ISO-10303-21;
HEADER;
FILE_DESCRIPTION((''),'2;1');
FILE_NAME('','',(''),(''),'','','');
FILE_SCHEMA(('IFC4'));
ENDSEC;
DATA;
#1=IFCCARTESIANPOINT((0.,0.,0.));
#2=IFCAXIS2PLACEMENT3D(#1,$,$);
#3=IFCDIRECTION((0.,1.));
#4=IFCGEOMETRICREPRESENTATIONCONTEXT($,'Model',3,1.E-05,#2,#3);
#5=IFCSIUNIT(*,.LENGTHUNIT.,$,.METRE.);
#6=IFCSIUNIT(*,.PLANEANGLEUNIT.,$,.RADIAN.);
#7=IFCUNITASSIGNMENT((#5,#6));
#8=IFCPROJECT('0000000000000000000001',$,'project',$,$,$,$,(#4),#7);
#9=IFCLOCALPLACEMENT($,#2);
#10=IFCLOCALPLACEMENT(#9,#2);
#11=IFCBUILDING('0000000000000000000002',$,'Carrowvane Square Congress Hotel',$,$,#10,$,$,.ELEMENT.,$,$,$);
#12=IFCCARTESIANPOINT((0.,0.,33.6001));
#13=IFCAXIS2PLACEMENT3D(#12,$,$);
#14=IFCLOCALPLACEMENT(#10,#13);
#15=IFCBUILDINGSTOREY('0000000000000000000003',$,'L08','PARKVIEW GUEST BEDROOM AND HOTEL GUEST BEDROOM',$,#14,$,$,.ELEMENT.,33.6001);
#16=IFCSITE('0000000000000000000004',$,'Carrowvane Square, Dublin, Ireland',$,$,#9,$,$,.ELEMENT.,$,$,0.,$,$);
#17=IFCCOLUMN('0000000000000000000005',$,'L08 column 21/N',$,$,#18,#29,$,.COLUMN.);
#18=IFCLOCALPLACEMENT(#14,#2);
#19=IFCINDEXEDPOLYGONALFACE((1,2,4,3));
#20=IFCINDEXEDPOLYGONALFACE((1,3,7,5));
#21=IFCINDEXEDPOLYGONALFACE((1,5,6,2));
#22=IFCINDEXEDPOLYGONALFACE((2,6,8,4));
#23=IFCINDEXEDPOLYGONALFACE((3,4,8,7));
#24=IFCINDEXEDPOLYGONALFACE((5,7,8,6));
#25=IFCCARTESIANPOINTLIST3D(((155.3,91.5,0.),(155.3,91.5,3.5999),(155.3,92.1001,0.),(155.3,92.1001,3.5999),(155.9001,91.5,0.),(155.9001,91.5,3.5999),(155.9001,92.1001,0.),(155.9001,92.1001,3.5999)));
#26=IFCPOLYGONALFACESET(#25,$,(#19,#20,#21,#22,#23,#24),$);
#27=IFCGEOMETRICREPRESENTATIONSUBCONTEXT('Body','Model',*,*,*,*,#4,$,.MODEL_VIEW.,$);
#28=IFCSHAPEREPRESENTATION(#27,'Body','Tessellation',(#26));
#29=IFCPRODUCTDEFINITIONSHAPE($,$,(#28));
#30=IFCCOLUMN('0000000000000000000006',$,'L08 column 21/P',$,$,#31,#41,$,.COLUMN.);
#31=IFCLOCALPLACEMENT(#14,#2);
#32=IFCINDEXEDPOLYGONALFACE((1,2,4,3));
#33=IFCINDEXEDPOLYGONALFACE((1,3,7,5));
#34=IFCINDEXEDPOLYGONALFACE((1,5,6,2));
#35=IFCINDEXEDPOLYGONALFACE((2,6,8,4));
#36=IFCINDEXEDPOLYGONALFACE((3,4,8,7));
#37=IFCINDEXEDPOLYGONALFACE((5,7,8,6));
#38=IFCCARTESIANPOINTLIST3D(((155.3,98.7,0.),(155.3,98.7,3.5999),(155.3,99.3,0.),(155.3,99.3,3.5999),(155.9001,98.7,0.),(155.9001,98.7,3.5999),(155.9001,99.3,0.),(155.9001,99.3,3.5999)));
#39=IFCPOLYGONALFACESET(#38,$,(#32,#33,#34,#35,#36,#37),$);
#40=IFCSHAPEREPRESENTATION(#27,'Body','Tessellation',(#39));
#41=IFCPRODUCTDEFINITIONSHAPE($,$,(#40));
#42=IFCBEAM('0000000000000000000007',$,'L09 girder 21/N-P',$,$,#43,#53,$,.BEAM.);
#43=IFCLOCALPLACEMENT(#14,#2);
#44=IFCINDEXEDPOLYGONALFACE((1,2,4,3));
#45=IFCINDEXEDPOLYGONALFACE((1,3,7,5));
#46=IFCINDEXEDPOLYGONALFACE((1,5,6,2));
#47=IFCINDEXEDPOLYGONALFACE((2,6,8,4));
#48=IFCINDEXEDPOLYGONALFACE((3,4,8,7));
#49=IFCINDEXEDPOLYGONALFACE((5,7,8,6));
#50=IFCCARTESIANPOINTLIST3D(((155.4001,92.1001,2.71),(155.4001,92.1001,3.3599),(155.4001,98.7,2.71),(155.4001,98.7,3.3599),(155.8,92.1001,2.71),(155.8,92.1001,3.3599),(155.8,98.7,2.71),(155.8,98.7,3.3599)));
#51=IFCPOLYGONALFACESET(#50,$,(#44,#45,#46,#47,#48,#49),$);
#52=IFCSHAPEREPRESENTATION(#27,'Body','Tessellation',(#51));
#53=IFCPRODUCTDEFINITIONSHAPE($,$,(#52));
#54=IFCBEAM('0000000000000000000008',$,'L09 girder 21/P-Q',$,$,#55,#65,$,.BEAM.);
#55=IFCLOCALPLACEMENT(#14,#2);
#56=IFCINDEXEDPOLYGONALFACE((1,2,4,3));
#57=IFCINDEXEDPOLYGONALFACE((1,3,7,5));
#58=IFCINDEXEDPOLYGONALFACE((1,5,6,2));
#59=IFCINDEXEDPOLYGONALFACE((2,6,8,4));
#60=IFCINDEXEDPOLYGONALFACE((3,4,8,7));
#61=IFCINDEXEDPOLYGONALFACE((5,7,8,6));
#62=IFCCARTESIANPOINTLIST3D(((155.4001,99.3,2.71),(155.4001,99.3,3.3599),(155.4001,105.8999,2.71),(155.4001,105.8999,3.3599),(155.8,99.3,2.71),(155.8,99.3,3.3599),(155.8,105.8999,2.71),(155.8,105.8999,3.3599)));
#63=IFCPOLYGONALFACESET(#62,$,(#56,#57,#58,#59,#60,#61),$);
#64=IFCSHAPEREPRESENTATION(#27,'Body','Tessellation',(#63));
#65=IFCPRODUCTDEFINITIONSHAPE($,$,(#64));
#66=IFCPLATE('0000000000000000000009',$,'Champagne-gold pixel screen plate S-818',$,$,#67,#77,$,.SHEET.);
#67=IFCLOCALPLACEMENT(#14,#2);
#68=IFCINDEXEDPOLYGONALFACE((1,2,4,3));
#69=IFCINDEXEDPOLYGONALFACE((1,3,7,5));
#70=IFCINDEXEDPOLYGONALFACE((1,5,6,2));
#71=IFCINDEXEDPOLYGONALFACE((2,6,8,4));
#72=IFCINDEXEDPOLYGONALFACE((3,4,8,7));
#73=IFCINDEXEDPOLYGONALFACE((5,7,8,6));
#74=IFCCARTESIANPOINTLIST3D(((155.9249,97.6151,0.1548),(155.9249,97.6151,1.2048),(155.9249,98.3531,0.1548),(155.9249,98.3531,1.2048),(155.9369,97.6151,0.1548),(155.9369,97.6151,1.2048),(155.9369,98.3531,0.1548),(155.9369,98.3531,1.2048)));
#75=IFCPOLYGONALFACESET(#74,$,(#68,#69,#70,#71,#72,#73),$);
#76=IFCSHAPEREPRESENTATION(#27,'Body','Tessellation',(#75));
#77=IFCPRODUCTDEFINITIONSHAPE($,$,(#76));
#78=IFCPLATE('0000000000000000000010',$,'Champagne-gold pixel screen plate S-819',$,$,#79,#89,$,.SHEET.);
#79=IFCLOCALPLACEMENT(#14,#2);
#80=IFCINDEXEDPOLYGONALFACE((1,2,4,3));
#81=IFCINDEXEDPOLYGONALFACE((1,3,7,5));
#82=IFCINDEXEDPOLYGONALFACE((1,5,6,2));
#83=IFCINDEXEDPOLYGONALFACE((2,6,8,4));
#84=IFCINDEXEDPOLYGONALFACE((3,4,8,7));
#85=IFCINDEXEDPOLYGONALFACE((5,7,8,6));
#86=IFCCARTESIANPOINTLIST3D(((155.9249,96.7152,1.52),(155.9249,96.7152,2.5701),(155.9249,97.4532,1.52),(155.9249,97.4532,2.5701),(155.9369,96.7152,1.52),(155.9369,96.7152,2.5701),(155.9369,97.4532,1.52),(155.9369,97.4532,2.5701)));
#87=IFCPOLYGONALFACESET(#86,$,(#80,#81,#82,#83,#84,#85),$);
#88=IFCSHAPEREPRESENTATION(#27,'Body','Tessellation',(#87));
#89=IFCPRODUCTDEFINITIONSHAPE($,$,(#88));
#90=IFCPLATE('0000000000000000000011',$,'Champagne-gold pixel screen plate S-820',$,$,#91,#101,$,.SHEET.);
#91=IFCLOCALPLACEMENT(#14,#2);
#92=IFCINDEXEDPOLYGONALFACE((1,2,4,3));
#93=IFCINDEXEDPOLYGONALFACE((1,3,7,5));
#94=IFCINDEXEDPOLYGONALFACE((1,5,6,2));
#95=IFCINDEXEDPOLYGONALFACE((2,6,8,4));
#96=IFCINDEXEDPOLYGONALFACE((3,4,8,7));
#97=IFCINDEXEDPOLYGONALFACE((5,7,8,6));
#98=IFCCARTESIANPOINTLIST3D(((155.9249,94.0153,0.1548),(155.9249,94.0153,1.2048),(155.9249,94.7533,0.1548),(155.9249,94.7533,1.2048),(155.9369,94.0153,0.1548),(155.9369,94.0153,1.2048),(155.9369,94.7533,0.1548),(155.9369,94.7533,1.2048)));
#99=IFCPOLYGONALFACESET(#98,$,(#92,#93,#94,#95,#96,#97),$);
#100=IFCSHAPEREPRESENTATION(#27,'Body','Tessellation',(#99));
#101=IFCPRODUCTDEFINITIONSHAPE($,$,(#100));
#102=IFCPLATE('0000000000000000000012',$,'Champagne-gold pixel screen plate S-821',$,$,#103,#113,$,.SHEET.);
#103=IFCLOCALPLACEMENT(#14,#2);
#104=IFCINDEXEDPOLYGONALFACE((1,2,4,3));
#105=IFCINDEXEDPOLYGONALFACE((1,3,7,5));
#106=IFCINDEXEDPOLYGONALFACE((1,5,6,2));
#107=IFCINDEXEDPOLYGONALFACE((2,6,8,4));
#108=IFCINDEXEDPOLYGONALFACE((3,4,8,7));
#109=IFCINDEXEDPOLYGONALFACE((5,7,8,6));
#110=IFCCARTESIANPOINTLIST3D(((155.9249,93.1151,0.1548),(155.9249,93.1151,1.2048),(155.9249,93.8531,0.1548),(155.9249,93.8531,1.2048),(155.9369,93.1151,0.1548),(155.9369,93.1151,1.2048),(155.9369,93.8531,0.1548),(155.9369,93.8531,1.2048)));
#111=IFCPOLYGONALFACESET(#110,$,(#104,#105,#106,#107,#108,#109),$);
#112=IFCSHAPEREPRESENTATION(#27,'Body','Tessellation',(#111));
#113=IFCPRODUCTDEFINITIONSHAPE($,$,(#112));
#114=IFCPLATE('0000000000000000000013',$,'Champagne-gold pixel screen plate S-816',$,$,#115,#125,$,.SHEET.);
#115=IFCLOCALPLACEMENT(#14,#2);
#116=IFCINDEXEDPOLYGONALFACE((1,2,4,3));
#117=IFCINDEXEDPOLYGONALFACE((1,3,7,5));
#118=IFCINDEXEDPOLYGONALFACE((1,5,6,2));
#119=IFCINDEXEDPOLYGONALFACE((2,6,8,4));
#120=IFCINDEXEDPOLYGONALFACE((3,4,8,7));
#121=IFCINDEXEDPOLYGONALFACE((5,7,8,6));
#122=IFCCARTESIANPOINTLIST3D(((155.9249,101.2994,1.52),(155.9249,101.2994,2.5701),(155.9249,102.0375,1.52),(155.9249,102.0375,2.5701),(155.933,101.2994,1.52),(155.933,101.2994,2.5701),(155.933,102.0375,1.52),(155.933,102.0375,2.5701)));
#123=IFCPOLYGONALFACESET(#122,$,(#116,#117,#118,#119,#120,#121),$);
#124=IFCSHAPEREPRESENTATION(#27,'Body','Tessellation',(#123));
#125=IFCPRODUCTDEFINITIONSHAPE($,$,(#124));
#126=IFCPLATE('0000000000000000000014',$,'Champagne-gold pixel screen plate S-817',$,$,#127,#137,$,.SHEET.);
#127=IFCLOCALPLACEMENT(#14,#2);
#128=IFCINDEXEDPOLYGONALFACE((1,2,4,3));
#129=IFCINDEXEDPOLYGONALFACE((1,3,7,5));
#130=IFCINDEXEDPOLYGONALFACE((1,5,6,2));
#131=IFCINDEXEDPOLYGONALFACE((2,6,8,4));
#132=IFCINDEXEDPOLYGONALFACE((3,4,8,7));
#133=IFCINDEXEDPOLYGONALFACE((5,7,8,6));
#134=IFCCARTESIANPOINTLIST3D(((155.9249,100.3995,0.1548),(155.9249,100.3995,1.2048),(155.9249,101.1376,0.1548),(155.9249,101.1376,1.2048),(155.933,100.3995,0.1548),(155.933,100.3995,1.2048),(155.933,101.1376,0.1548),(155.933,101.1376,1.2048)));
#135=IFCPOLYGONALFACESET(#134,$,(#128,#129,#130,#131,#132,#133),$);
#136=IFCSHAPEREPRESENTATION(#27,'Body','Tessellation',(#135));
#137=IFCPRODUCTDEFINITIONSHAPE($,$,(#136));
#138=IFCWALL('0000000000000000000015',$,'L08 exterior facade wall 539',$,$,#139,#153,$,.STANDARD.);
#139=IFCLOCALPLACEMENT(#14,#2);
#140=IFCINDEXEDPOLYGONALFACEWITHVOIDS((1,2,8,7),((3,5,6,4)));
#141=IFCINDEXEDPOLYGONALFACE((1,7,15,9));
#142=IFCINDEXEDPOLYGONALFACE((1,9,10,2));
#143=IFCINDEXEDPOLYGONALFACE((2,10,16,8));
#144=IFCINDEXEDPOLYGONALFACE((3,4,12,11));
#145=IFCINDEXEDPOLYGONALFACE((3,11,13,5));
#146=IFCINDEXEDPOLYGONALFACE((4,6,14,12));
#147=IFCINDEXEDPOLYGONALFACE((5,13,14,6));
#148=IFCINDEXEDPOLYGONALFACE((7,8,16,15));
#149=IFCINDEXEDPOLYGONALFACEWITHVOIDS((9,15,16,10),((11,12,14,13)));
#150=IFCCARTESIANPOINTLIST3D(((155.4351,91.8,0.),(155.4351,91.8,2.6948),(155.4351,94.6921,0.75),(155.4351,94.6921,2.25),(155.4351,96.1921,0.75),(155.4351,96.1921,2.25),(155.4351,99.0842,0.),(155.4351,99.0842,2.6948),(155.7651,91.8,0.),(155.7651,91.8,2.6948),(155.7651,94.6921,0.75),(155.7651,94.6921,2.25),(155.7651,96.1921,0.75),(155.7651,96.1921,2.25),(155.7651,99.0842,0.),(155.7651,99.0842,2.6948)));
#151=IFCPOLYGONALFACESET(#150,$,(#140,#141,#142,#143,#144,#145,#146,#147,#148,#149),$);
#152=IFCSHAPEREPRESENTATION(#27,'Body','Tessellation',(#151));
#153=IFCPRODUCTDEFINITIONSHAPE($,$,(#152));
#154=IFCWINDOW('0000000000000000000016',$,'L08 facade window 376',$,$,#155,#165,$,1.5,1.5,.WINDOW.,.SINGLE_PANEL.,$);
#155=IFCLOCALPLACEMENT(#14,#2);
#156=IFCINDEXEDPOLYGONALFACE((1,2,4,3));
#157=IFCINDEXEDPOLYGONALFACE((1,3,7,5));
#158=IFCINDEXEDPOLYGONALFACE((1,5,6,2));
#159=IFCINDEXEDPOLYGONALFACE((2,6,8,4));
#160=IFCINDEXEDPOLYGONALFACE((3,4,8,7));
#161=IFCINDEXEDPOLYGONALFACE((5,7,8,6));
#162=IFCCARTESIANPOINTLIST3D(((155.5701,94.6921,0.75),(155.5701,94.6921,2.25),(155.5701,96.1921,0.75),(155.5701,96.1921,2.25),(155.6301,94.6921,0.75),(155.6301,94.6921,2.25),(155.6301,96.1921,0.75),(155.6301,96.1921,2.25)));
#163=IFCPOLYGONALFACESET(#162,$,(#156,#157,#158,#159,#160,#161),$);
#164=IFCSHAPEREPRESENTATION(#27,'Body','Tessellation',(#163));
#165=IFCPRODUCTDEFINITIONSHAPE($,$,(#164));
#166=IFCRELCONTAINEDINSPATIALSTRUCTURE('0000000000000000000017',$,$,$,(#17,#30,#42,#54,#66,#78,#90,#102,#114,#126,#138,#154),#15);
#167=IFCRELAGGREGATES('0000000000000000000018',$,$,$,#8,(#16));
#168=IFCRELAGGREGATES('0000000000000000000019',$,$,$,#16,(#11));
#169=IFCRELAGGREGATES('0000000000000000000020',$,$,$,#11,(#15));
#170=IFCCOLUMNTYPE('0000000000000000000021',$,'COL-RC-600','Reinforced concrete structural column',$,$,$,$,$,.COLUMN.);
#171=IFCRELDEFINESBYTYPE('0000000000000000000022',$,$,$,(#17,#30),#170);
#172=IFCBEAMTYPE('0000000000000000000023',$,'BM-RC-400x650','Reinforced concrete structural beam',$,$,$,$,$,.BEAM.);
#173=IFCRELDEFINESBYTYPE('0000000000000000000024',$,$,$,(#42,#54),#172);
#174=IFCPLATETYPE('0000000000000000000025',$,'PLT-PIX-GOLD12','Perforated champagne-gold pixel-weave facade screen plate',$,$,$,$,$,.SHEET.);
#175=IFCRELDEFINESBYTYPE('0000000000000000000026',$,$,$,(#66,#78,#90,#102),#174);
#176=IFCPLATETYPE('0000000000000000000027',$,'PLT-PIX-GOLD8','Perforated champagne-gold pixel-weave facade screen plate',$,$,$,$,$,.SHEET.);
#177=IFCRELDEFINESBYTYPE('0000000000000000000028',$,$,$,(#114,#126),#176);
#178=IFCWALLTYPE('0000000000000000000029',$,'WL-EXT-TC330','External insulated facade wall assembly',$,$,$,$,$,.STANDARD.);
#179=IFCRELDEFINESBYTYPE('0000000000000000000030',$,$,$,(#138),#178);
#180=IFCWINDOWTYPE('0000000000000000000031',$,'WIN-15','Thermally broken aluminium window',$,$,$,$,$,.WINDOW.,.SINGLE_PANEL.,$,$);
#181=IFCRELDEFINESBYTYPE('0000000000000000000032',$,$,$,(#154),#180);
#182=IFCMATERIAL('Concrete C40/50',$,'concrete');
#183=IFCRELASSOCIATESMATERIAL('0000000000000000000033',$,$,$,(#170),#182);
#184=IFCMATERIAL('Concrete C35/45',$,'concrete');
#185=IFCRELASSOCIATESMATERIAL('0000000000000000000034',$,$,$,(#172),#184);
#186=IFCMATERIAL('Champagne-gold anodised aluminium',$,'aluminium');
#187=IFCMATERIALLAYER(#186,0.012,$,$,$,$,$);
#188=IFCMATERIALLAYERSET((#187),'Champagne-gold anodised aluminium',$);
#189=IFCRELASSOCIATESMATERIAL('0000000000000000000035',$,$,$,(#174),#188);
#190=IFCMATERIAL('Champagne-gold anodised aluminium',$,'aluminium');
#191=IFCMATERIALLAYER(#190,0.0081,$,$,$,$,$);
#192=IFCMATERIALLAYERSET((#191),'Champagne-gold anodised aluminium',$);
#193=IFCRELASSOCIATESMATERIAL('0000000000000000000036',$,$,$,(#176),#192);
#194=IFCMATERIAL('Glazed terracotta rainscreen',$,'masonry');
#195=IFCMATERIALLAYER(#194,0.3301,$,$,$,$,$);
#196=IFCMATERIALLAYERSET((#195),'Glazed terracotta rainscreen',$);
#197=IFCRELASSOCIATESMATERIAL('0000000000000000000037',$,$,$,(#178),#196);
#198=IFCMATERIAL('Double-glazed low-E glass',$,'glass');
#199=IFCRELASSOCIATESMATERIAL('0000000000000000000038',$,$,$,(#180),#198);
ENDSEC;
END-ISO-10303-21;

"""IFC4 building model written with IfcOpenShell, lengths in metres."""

from ifc_helpers import new_model, si_unit, direction, frame, frame_2d, origin, origin_2d, place, context, subcontext, project, spatial, rectangle, extrude, material, layer, layer_set, material_profile, profile_set, type_object, element, fill, save


model = new_model("IFC4")

# Units and contexts
model_context = context("Model", 3, precision=1e-05, world=origin(), true_north=direction((0.0, 1.0)))
body_context = subcontext(model_context, "Body", "Model", "MODEL_VIEW")
ifc_project = project(units=[si_unit("LENGTHUNIT", "METRE"), si_unit("PLANEANGLEUNIT", "RADIAN")], contexts=[model_context])

# Site, building, storey
site_placement = place(None, origin())
site = spatial("IfcSite", under=ifc_project, at=site_placement, Name="Carrowvane Square, Dublin, Ireland", CompositionType="ELEMENT", RefElevation=0.0)
building_placement = place(site_placement, origin())
building = spatial("IfcBuilding", under=site, at=building_placement, Name="Carrowvane Square Congress Hotel", CompositionType="ELEMENT")
storey_placement = place(building_placement, frame((0.0, 0.0, 33.6001)))
storey = spatial("IfcBuildingStorey", under=building, at=storey_placement, Name="L08", Description="PARKVIEW GUEST BEDROOM AND HOTEL GUEST BEDROOM", CompositionType="ELEMENT", Elevation=33.6001)

# Columns
ifc_material_1 = material(Name="Concrete C40/50", Category="concrete")
ifc_material_profile_1 = material_profile(ifc_material_1, rectangle(XDim=0.6001, YDim=0.6001, at=origin_2d()), Name="RC 600x600")
ifc_profile_set_1 = profile_set([ifc_material_profile_1], Name="Concrete C40/50")
column_type = type_object("IfcColumnType", Name="COL-RC-600", Description="Reinforced concrete structural column", PredefinedType="COLUMN", material=ifc_profile_set_1)
for number, where, z_axis, x_axis, name in (
    (1, (155.6001, 91.8, 0.0), (0.0, 0.0, 1.0), (1.0, 0.0, 0.0), "L08 column 21/N"),
    (2, (155.6001, 99.0, 0.0), (0.0, 0.0, 1.0), (1.0, 0.0, 0.0), "L08 column 21/P"),
):
    element("IfcColumn", number, at=place(storey_placement, frame(where, z_axis=z_axis, x_axis=x_axis)), inside=storey, type_object=column_type, Name=name, PredefinedType="COLUMN", context=body_context, shape_type="SweptSolid", body=[
        extrude(rectangle(XDim=0.6001, YDim=0.6001, at=origin_2d()), origin(), (0.0, 0.0, 1.0), 3.5999),
    ])

# Beams
ifc_material_2 = material(Name="Concrete C35/45", Category="concrete")
ifc_material_profile_2 = material_profile(ifc_material_2, rectangle(XDim=0.3999, YDim=0.6499, at=origin_2d()), Name="RC 400x650")
ifc_profile_set_2 = profile_set([ifc_material_profile_2], Name="Concrete C35/45")
beam_type = type_object("IfcBeamType", Name="BM-RC-400x650", Description="Reinforced concrete structural beam", PredefinedType="BEAM", material=ifc_profile_set_2)
for number, where, z_axis, x_axis, name in (
    (3, (155.6001, 92.1001, 3.0349), (0.0, 1.0, 0.0), (-1.0, 0.0, 0.0), "L09 girder 21/N-P"),
    (4, (155.6001, 99.3, 3.0349), (0.0, 1.0, 0.0), (-1.0, 0.0, 0.0), "L09 girder 21/P-Q"),
):
    element("IfcBeam", number, at=place(storey_placement, frame(where, z_axis=z_axis, x_axis=x_axis)), inside=storey, type_object=beam_type, Name=name, PredefinedType="BEAM", context=body_context, shape_type="SweptSolid", body=[
        extrude(rectangle(XDim=0.3999, YDim=0.6499, at=origin_2d()), origin(), (0.0, 0.0, 1.0), 6.5999),
    ])

# Plates
ifc_material_3 = material(Name="Champagne-gold anodised aluminium", Category="aluminium")
ifc_layer_1 = layer(ifc_material_3, 0.012)
ifc_layer_set_1 = layer_set([ifc_layer_1], Name="Champagne-gold anodised aluminium")
plate_type_1 = type_object("IfcPlateType", Name="PLT-PIX-GOLD12", Description="Perforated champagne-gold pixel-weave facade screen plate", PredefinedType="SHEET", material=ifc_layer_set_1)
for number, where, z_axis, x_axis, name in (
    (5, (155.9309, 97.9841, 0.1548), (0.0, 0.0, 1.0), (0.0, -1.0, 0.0), "Champagne-gold pixel screen plate S-818"),
    (6, (155.9309, 97.0842, 1.52), (0.0, 0.0, 1.0), (0.0, -1.0, 0.0), "Champagne-gold pixel screen plate S-819"),
    (7, (155.9309, 94.3843, 0.1548), (0.0, 0.0, 1.0), (0.0, -1.0, 0.0), "Champagne-gold pixel screen plate S-820"),
    (8, (155.9309, 93.4841, 0.1548), (0.0, 0.0, 1.0), (0.0, -1.0, 0.0), "Champagne-gold pixel screen plate S-821"),
):
    element("IfcPlate", number, at=place(storey_placement, frame(where, z_axis=z_axis, x_axis=x_axis)), inside=storey, type_object=plate_type_1, Name=name, PredefinedType="SHEET", context=body_context, shape_type="SweptSolid", body=[
        extrude(rectangle(XDim=0.738, YDim=0.012, at=origin_2d()), origin(), (0.0, 0.0, 1.0), 1.05),
    ])
ifc_material_4 = material(Name="Champagne-gold anodised aluminium", Category="aluminium")
ifc_layer_2 = layer(ifc_material_4, 0.0081)
ifc_layer_set_2 = layer_set([ifc_layer_2], Name="Champagne-gold anodised aluminium")
plate_type_2 = type_object("IfcPlateType", Name="PLT-PIX-GOLD8", Description="Perforated champagne-gold pixel-weave facade screen plate", PredefinedType="SHEET", material=ifc_layer_set_2)
for number, where, z_axis, x_axis, name in (
    (9, (155.929, 101.6685, 1.52), (0.0, 0.0, 1.0), (0.0, -1.0, 0.0), "Champagne-gold pixel screen plate S-816"),
    (10, (155.929, 100.7686, 0.1548), (0.0, 0.0, 1.0), (0.0, -1.0, 0.0), "Champagne-gold pixel screen plate S-817"),
):
    element("IfcPlate", number, at=place(storey_placement, frame(where, z_axis=z_axis, x_axis=x_axis)), inside=storey, type_object=plate_type_2, Name=name, PredefinedType="SHEET", context=body_context, shape_type="SweptSolid", body=[
        extrude(rectangle(XDim=0.738, YDim=0.0081, at=origin_2d()), origin(), (0.0, 0.0, 1.0), 1.05),
    ])

# Wall, opening, window
ifc_material_5 = material(Name="Glazed terracotta rainscreen", Category="masonry")
ifc_layer_3 = layer(ifc_material_5, 0.3301)
ifc_layer_set_3 = layer_set([ifc_layer_3], Name="Glazed terracotta rainscreen")
wall_type = type_object("IfcWallType", Name="WL-EXT-TC330", Description="External insulated facade wall assembly", PredefinedType="STANDARD", material=ifc_layer_set_3)
wall_1_placement = place(storey_placement, frame((155.6001, 99.0842, 0.0), z_axis=(0.0, 0.0, 1.0), x_axis=(0.0, -1.0, 0.0)))
wall_1 = element("IfcWall", 11, at=wall_1_placement, inside=storey, type_object=wall_type, Name="L08 exterior facade wall 539", PredefinedType="STANDARD", context=body_context, shape_type="SweptSolid", body=[
    extrude(rectangle(XDim=7.2842, YDim=0.3301, at=frame_2d((3.6421, 0.0))), origin(), (0.0, 0.0, 1.0), 2.6948),
])
opening_1_placement = place(wall_1_placement, frame((2.8921, 0.0, 0.75)))
opening_1 = element("IfcOpeningElement", 12, at=opening_1_placement, cuts=wall_1, PredefinedType="OPENING", context=body_context, shape_type="SweptSolid", body=[
    extrude(rectangle(XDim=1.5, YDim=1.5, at=frame_2d((0.75, 0.75))), frame((0.0, 0.175, 0.0), z_axis=(0.0, -1.0, 0.0), x_axis=(1.0, 0.0, 0.0)), (0.0, 0.0, 1.0), 0.3501),
])
ifc_material_6 = material(Name="Double-glazed low-E glass", Category="glass")
window_type_1 = type_object("IfcWindowType", Name="WIN-15", Description="Thermally broken aluminium window", PartitioningType="SINGLE_PANEL", PredefinedType="WINDOW", material=ifc_material_6)
window_1_placement = place(opening_1_placement, origin())
window_1 = element("IfcWindow", 13, at=window_1_placement, inside=storey, type_object=window_type_1, Name="L08 facade window 376", OverallHeight=1.5, OverallWidth=1.5, PartitioningType="SINGLE_PANEL", PredefinedType="WINDOW", context=body_context, shape_type="SweptSolid", body=[
    extrude(rectangle(XDim=1.5, YDim=1.5, at=frame_2d((0.75, 0.75))), frame((0.0, 0.03, 0.0), z_axis=(0.0, -1.0, 0.0), x_axis=(1.0, 0.0, 0.0)), (0.0, 0.0, 1.0), 0.0601),
])
fill(opening_1, window_1)

save(model, "model.ifc")
